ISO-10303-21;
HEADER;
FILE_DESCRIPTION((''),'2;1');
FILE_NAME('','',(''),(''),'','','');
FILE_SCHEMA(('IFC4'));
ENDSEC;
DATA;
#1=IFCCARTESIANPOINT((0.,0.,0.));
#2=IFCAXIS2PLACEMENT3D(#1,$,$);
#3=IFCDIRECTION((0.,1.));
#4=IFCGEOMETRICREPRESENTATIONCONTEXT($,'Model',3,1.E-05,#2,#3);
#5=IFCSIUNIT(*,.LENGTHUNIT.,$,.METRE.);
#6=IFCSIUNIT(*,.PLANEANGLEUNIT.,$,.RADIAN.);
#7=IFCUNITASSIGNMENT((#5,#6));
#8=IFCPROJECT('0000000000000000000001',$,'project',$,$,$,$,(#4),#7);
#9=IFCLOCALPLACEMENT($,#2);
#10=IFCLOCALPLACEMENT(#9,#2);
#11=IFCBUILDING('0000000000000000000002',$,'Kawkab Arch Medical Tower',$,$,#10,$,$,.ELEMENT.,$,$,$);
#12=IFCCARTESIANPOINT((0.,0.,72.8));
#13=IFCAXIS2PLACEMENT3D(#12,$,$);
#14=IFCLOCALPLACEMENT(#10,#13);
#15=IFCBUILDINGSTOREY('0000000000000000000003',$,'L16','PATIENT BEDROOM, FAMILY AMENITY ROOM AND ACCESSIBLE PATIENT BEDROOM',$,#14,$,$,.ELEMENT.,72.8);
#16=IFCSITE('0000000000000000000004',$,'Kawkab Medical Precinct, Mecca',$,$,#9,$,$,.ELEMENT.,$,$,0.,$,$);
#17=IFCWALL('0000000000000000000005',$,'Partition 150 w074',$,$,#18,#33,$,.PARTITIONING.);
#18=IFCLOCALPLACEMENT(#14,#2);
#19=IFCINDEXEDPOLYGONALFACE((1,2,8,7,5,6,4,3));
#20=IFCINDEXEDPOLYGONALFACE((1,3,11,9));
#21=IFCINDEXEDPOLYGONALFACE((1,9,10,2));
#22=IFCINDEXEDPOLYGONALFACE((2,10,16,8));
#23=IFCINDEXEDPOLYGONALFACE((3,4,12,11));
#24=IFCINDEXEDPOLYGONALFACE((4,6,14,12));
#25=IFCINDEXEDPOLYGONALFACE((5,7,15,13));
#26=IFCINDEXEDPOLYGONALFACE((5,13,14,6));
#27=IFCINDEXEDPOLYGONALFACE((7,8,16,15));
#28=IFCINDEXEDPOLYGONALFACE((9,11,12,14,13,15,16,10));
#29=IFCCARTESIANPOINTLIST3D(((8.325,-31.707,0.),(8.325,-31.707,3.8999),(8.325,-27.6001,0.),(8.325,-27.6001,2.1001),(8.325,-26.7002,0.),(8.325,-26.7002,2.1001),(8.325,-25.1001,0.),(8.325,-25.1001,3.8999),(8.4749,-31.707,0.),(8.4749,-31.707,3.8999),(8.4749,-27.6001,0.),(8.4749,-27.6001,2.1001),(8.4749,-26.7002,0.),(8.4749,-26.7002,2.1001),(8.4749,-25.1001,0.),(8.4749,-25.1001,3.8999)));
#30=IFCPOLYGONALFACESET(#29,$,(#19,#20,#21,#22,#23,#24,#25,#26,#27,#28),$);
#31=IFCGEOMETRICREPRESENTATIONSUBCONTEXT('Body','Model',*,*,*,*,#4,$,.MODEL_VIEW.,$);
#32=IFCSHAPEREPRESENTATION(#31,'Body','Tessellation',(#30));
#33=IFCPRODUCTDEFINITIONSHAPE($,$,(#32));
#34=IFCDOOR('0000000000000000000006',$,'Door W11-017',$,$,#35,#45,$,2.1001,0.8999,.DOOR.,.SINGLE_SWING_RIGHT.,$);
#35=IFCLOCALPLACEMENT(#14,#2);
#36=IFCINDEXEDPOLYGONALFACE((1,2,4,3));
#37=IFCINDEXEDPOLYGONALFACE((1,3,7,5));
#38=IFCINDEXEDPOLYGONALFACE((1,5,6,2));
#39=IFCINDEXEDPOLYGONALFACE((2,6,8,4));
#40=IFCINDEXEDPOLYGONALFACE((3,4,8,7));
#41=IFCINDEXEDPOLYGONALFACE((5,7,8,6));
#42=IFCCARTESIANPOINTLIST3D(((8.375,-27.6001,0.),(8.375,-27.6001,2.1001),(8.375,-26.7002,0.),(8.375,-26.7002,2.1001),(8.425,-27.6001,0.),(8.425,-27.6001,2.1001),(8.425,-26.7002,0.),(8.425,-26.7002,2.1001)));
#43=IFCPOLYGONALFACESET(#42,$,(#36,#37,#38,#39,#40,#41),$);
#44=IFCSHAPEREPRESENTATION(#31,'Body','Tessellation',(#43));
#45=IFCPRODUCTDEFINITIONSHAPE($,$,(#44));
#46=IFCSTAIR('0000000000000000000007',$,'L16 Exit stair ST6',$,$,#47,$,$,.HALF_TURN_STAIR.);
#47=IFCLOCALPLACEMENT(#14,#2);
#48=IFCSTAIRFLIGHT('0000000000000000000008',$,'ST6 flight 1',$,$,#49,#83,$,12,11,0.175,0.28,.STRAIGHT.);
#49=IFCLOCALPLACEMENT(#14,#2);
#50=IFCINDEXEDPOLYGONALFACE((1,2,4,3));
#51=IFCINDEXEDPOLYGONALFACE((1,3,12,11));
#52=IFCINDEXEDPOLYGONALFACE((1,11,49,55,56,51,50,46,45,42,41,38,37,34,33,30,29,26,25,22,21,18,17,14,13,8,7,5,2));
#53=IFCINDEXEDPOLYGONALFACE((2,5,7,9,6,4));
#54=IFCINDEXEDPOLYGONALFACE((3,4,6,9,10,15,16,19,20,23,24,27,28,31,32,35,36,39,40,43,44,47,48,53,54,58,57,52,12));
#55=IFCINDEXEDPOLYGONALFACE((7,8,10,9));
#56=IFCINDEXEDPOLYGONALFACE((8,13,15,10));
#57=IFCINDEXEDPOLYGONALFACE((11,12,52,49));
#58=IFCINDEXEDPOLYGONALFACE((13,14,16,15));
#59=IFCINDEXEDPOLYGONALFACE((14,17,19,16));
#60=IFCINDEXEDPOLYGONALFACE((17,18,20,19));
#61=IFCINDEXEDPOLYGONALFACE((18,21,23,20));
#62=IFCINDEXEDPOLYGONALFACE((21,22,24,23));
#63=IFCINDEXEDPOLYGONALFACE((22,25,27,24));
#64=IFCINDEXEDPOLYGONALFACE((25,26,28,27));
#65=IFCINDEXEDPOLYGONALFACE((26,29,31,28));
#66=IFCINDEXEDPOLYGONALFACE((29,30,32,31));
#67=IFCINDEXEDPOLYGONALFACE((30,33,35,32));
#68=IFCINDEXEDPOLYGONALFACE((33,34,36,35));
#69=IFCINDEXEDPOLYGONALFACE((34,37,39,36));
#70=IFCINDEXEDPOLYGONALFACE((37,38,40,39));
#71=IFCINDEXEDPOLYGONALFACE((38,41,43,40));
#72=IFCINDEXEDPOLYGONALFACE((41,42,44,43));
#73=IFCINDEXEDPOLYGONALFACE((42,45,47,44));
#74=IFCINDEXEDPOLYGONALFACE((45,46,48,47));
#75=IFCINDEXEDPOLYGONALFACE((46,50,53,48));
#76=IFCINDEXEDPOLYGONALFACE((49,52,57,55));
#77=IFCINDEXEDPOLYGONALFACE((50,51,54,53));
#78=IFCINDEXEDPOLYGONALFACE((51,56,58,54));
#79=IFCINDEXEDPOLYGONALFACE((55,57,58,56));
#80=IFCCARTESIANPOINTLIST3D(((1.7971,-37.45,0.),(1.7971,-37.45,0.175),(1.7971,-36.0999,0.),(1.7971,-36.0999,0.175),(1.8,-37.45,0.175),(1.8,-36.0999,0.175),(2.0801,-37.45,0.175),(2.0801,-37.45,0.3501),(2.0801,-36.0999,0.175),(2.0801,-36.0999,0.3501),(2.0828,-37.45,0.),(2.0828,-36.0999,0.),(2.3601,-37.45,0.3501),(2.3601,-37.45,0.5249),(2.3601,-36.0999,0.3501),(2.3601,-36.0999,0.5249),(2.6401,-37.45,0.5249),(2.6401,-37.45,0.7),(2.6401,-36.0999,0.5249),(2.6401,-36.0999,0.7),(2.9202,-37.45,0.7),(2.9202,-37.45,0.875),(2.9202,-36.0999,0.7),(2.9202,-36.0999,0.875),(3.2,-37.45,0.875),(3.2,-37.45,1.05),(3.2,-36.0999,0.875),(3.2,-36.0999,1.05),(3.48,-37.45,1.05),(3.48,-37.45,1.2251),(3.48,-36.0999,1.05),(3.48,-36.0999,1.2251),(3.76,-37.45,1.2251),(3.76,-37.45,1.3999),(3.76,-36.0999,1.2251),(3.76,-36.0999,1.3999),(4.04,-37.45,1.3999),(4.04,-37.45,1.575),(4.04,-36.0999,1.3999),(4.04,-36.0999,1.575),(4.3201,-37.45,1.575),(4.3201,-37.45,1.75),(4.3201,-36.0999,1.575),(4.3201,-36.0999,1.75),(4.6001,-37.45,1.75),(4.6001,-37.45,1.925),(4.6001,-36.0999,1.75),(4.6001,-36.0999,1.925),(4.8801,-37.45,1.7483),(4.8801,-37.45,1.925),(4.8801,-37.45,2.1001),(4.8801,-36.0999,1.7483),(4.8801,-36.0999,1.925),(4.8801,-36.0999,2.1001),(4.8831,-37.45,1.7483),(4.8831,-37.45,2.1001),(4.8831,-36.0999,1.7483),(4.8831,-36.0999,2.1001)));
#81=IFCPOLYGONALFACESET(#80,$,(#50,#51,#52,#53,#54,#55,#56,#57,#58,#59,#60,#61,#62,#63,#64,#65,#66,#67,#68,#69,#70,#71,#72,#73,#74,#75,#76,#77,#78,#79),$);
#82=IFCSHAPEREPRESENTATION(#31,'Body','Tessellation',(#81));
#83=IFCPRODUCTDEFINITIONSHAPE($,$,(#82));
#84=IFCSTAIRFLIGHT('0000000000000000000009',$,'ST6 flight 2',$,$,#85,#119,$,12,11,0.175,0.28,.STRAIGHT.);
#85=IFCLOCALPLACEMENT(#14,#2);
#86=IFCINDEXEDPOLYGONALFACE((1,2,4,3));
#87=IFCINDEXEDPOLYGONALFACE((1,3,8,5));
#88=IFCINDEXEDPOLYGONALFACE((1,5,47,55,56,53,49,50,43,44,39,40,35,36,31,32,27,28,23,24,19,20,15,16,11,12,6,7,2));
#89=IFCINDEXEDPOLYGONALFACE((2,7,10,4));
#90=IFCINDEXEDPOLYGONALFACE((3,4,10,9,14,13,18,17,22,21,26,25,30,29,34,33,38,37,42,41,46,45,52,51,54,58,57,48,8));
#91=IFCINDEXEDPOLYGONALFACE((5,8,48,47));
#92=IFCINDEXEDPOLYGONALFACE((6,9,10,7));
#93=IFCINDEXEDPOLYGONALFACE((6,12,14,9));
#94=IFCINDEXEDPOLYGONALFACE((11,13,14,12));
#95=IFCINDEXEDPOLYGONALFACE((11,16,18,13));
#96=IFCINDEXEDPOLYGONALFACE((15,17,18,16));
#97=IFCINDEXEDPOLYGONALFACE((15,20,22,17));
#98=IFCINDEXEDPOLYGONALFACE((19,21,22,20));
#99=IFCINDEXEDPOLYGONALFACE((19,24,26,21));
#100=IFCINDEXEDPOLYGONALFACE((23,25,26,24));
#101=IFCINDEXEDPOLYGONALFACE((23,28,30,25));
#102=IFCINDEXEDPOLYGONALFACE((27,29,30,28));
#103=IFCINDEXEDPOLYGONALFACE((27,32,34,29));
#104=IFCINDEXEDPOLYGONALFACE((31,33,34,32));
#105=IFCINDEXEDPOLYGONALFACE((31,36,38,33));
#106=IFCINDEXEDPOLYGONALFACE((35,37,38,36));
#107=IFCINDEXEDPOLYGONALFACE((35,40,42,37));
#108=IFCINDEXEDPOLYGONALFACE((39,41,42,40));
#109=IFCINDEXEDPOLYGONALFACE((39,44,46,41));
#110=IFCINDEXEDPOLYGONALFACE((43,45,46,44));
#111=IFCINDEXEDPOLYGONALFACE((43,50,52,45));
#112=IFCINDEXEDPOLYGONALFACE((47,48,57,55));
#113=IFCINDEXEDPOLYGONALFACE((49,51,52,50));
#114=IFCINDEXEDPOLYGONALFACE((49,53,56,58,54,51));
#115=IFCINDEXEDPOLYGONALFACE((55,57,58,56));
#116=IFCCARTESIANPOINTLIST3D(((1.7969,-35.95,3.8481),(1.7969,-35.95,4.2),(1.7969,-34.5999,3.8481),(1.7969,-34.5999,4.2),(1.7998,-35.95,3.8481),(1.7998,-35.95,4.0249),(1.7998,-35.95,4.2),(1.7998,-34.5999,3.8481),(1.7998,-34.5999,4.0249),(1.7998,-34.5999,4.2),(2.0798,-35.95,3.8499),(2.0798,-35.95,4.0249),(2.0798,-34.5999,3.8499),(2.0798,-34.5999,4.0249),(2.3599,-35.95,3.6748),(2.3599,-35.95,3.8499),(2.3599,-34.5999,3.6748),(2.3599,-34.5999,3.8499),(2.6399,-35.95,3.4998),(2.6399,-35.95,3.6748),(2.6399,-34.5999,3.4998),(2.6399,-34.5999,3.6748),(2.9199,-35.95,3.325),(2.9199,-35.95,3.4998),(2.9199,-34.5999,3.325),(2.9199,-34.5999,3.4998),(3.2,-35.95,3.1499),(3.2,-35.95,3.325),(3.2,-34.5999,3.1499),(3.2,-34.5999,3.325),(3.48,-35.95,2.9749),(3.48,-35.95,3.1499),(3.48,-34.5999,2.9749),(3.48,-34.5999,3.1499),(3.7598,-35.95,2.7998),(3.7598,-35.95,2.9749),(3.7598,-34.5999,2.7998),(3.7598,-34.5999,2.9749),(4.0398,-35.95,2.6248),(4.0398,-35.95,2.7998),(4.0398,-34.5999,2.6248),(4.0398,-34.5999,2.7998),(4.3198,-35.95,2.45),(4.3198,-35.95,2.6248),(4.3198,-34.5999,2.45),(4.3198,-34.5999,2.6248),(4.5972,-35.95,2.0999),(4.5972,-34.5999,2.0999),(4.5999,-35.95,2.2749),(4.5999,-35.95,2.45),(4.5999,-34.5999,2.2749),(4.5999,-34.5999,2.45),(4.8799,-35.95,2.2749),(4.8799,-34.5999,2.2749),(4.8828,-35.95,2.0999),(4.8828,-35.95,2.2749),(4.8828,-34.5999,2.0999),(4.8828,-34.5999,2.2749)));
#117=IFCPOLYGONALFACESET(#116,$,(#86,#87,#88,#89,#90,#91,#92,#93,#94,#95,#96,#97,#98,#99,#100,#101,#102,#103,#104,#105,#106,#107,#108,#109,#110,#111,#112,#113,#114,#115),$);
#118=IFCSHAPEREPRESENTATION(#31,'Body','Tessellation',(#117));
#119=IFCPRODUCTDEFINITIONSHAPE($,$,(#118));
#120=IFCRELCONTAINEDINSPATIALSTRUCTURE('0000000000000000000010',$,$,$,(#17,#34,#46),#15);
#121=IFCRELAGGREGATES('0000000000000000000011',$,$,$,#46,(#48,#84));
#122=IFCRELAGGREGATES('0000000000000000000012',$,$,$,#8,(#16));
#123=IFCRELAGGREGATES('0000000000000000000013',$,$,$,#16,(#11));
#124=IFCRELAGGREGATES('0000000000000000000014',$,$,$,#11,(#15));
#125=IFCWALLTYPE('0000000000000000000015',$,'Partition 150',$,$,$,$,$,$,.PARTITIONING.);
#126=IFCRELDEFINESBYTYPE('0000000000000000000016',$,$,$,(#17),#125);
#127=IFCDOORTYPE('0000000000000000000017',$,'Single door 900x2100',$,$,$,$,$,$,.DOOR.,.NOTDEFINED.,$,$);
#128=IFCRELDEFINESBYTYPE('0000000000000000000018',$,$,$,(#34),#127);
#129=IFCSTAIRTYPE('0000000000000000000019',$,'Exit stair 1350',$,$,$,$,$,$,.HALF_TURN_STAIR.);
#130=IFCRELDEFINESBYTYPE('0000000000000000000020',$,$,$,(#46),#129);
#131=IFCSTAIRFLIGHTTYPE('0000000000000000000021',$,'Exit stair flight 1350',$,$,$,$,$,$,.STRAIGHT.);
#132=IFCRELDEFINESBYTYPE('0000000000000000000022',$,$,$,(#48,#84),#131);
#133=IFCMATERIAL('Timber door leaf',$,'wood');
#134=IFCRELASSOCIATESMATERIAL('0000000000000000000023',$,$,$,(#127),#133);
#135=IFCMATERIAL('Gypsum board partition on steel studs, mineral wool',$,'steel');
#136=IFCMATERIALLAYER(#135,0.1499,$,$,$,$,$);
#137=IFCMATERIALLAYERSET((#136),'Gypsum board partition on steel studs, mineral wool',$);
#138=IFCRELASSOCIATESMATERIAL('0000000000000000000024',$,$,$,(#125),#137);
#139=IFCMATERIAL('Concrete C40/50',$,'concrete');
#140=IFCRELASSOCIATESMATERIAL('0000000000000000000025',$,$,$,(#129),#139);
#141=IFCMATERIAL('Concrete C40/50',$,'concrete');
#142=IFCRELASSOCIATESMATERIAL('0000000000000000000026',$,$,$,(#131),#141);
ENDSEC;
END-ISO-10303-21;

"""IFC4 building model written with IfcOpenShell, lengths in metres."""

from ifc_helpers import new_model, si_unit, direction, frame, frame_2d, origin, place, context, subcontext, project, spatial, polyline, rectangle, outline, extrude, material, layer, layer_set, type_object, element, fill, aggregate, save


model = new_model("IFC4")

# Units and contexts
model_context = context("Model", 3, precision=1e-05, world=origin(), true_north=direction((0.0, 1.0)))
body_context = subcontext(model_context, "Body", "Model", "MODEL_VIEW")
ifc_project = project(units=[si_unit("LENGTHUNIT", "METRE"), si_unit("PLANEANGLEUNIT", "RADIAN")], contexts=[model_context])

# Site, building, storey
site_placement = place(None, origin())
site = spatial("IfcSite", under=ifc_project, at=site_placement, Name="Kawkab Medical Precinct, Mecca", CompositionType="ELEMENT", RefElevation=0.0)
building_placement = place(site_placement, origin())
building = spatial("IfcBuilding", under=site, at=building_placement, Name="Kawkab Arch Medical Tower", CompositionType="ELEMENT")
storey_placement = place(building_placement, frame((0.0, 0.0, 72.8)))
storey = spatial("IfcBuildingStorey", under=building, at=storey_placement, Name="L16", Description="PATIENT BEDROOM, FAMILY AMENITY ROOM AND ACCESSIBLE PATIENT BEDROOM", CompositionType="ELEMENT", Elevation=72.8)

# Shared definitions
ifc_material_1 = material(Name="Timber door leaf", Category="wood")
door_type_1 = type_object("IfcDoorType", Name="Single door 900x2100", OperationType="NOTDEFINED", PredefinedType="DOOR", material=ifc_material_1)

# Shared definitions
ifc_material_2 = material(Name="Gypsum board partition on steel studs, mineral wool", Category="steel")
ifc_layer_1 = layer(ifc_material_2, 0.1499)
ifc_layer_set_1 = layer_set([ifc_layer_1], Name="Gypsum board partition on steel studs, mineral wool")
wall_type_1 = type_object("IfcWallType", Name="Partition 150", PredefinedType="PARTITIONING", material=ifc_layer_set_1)

# Wall, opening, door
wall_1_placement = place(storey_placement, frame((8.3999, -31.707, 0.0), z_axis=(0.0, 0.0, 1.0), x_axis=(0.0, 1.0, 0.0)))
wall_1 = element("IfcWall", 1, at=wall_1_placement, inside=storey, type_object=wall_type_1, Name="Partition 150 w074", PredefinedType="PARTITIONING", context=body_context, shape_type="SweptSolid", body=[
    extrude(rectangle(XDim=6.6069, YDim=0.1499, at=frame_2d((3.3035, 0.0))), origin(), (0.0, 0.0, 1.0), 3.8999),
])
opening_1_placement = place(wall_1_placement, frame((4.1069, 0.0, 0.0)))
opening_1 = element("IfcOpeningElement", 2, at=opening_1_placement, cuts=wall_1, PredefinedType="OPENING", context=body_context, shape_type="SweptSolid", body=[
    extrude(rectangle(XDim=0.8999, YDim=2.1001, at=frame_2d((0.45, 1.05))), frame((0.0, 0.085, 0.0), z_axis=(0.0, -1.0, 0.0), x_axis=(1.0, 0.0, 0.0)), (0.0, 0.0, 1.0), 0.1699),
])
door_1_placement = place(opening_1_placement, origin())
door_1 = element("IfcDoor", 3, at=door_1_placement, inside=storey, type_object=door_type_1, Name="Door W11-017", OperationType="SINGLE_SWING_RIGHT", OverallHeight=2.1001, OverallWidth=0.8999, PredefinedType="DOOR", context=body_context, shape_type="SweptSolid", body=[
    extrude(rectangle(XDim=0.8999, YDim=2.1001, at=frame_2d((0.45, 1.05))), frame((0.0, 0.0249, 0.0), z_axis=(0.0, -1.0, 0.0), x_axis=(1.0, 0.0, 0.0)), (0.0, 0.0, 1.0), 0.05),
])
fill(opening_1, door_1)

# Stair, stair flights
ifc_material_3 = material(Name="Concrete C40/50", Category="concrete")
stair_type = type_object("IfcStairType", Name="Exit stair 1350", PredefinedType="HALF_TURN_STAIR", material=ifc_material_3)
stair_placement = place(storey_placement, origin())
stair = element("IfcStair", 4, at=stair_placement, inside=storey, type_object=stair_type, Name="L16 Exit stair ST6", PredefinedType="HALF_TURN_STAIR")
ifc_material_4 = material(Name="Concrete C40/50", Category="concrete")
stair_flight_type = type_object("IfcStairFlightType", Name="Exit stair flight 1350", PredefinedType="STRAIGHT", material=ifc_material_4)
stair_flight_1_placement = place(storey_placement, frame((1.8, -36.7749, 0.0), z_axis=(0.0, 0.0, 1.0), x_axis=(1.0, 0.0, 0.0)))
stair_flight_1 = element("IfcStairFlight", 5, at=stair_flight_1_placement, type_object=stair_flight_type, Name="ST6 flight 1", NumberOfRisers=12, NumberOfTreads=11, PredefinedType="STRAIGHT", RiserHeight=0.175, TreadLength=0.28, context=body_context, shape_type="SweptSolid", body=[
    extrude(outline(polyline([(-0.0029, 0.0), (-0.0029, 0.175), (0.0, 0.175), (0.28, 0.175), (0.28, 0.3501), (0.5601, 0.3501), (0.5601, 0.5249), (0.8401, 0.5249), (0.8401, 0.7), (1.1201, 0.7), (1.1201, 0.875), (1.3999, 0.875), (1.3999, 1.05), (1.6799, 1.05), (1.6799, 1.2251), (1.96, 1.2251), (1.96, 1.3999), (2.24, 1.3999), (2.24, 1.575), (2.52, 1.575), (2.52, 1.75), (2.8, 1.75), (2.8, 1.925), (3.0801, 1.925), (3.0801, 2.1001), (3.083, 2.1001), (3.083, 1.7483), (3.0801, 1.7483), (0.2827, 0.0), (-0.0029, 0.0)])), frame((0.0, 0.675, 0.0), z_axis=(0.0, -1.0, 0.0), x_axis=(1.0, 0.0, 0.0)), (0.0, 0.0, 1.0), 1.3501),
])
stair_flight_2_placement = place(storey_placement, frame((4.8799, -35.2749, 2.0999), z_axis=(0.0, 0.0, 1.0), x_axis=(-1.0, 0.0, 0.0)))
stair_flight_2 = element("IfcStairFlight", 6, at=stair_flight_2_placement, type_object=stair_flight_type, Name="ST6 flight 2", NumberOfRisers=12, NumberOfTreads=11, PredefinedType="STRAIGHT", RiserHeight=0.175, TreadLength=0.28, context=body_context, shape_type="SweptSolid", body=[
    extrude(outline(polyline([(-0.0029, 0.0), (-0.0029, 0.175), (0.0, 0.175), (0.28, 0.175), (0.28, 0.3501), (0.5601, 0.3501), (0.5601, 0.5249), (0.8401, 0.5249), (0.8401, 0.7), (1.1201, 0.7), (1.1201, 0.875), (1.3999, 0.875), (1.3999, 1.05), (1.6799, 1.05), (1.6799, 1.2251), (1.96, 1.2251), (1.96, 1.3999), (2.24, 1.3999), (2.24, 1.575), (2.52, 1.575), (2.52, 1.75), (2.8, 1.75), (2.8, 1.925), (3.0801, 1.925), (3.0801, 2.1001), (3.083, 2.1001), (3.083, 1.7483), (3.0801, 1.7483), (0.2827, 0.0), (-0.0029, 0.0)])), frame((0.0, 0.675, 0.0), z_axis=(0.0, -1.0, 0.0), x_axis=(1.0, 0.0, 0.0)), (0.0, 0.0, 1.0), 1.3501),
])
aggregate(stair, [stair_flight_1, stair_flight_2])

save(model, "model.ifc")
